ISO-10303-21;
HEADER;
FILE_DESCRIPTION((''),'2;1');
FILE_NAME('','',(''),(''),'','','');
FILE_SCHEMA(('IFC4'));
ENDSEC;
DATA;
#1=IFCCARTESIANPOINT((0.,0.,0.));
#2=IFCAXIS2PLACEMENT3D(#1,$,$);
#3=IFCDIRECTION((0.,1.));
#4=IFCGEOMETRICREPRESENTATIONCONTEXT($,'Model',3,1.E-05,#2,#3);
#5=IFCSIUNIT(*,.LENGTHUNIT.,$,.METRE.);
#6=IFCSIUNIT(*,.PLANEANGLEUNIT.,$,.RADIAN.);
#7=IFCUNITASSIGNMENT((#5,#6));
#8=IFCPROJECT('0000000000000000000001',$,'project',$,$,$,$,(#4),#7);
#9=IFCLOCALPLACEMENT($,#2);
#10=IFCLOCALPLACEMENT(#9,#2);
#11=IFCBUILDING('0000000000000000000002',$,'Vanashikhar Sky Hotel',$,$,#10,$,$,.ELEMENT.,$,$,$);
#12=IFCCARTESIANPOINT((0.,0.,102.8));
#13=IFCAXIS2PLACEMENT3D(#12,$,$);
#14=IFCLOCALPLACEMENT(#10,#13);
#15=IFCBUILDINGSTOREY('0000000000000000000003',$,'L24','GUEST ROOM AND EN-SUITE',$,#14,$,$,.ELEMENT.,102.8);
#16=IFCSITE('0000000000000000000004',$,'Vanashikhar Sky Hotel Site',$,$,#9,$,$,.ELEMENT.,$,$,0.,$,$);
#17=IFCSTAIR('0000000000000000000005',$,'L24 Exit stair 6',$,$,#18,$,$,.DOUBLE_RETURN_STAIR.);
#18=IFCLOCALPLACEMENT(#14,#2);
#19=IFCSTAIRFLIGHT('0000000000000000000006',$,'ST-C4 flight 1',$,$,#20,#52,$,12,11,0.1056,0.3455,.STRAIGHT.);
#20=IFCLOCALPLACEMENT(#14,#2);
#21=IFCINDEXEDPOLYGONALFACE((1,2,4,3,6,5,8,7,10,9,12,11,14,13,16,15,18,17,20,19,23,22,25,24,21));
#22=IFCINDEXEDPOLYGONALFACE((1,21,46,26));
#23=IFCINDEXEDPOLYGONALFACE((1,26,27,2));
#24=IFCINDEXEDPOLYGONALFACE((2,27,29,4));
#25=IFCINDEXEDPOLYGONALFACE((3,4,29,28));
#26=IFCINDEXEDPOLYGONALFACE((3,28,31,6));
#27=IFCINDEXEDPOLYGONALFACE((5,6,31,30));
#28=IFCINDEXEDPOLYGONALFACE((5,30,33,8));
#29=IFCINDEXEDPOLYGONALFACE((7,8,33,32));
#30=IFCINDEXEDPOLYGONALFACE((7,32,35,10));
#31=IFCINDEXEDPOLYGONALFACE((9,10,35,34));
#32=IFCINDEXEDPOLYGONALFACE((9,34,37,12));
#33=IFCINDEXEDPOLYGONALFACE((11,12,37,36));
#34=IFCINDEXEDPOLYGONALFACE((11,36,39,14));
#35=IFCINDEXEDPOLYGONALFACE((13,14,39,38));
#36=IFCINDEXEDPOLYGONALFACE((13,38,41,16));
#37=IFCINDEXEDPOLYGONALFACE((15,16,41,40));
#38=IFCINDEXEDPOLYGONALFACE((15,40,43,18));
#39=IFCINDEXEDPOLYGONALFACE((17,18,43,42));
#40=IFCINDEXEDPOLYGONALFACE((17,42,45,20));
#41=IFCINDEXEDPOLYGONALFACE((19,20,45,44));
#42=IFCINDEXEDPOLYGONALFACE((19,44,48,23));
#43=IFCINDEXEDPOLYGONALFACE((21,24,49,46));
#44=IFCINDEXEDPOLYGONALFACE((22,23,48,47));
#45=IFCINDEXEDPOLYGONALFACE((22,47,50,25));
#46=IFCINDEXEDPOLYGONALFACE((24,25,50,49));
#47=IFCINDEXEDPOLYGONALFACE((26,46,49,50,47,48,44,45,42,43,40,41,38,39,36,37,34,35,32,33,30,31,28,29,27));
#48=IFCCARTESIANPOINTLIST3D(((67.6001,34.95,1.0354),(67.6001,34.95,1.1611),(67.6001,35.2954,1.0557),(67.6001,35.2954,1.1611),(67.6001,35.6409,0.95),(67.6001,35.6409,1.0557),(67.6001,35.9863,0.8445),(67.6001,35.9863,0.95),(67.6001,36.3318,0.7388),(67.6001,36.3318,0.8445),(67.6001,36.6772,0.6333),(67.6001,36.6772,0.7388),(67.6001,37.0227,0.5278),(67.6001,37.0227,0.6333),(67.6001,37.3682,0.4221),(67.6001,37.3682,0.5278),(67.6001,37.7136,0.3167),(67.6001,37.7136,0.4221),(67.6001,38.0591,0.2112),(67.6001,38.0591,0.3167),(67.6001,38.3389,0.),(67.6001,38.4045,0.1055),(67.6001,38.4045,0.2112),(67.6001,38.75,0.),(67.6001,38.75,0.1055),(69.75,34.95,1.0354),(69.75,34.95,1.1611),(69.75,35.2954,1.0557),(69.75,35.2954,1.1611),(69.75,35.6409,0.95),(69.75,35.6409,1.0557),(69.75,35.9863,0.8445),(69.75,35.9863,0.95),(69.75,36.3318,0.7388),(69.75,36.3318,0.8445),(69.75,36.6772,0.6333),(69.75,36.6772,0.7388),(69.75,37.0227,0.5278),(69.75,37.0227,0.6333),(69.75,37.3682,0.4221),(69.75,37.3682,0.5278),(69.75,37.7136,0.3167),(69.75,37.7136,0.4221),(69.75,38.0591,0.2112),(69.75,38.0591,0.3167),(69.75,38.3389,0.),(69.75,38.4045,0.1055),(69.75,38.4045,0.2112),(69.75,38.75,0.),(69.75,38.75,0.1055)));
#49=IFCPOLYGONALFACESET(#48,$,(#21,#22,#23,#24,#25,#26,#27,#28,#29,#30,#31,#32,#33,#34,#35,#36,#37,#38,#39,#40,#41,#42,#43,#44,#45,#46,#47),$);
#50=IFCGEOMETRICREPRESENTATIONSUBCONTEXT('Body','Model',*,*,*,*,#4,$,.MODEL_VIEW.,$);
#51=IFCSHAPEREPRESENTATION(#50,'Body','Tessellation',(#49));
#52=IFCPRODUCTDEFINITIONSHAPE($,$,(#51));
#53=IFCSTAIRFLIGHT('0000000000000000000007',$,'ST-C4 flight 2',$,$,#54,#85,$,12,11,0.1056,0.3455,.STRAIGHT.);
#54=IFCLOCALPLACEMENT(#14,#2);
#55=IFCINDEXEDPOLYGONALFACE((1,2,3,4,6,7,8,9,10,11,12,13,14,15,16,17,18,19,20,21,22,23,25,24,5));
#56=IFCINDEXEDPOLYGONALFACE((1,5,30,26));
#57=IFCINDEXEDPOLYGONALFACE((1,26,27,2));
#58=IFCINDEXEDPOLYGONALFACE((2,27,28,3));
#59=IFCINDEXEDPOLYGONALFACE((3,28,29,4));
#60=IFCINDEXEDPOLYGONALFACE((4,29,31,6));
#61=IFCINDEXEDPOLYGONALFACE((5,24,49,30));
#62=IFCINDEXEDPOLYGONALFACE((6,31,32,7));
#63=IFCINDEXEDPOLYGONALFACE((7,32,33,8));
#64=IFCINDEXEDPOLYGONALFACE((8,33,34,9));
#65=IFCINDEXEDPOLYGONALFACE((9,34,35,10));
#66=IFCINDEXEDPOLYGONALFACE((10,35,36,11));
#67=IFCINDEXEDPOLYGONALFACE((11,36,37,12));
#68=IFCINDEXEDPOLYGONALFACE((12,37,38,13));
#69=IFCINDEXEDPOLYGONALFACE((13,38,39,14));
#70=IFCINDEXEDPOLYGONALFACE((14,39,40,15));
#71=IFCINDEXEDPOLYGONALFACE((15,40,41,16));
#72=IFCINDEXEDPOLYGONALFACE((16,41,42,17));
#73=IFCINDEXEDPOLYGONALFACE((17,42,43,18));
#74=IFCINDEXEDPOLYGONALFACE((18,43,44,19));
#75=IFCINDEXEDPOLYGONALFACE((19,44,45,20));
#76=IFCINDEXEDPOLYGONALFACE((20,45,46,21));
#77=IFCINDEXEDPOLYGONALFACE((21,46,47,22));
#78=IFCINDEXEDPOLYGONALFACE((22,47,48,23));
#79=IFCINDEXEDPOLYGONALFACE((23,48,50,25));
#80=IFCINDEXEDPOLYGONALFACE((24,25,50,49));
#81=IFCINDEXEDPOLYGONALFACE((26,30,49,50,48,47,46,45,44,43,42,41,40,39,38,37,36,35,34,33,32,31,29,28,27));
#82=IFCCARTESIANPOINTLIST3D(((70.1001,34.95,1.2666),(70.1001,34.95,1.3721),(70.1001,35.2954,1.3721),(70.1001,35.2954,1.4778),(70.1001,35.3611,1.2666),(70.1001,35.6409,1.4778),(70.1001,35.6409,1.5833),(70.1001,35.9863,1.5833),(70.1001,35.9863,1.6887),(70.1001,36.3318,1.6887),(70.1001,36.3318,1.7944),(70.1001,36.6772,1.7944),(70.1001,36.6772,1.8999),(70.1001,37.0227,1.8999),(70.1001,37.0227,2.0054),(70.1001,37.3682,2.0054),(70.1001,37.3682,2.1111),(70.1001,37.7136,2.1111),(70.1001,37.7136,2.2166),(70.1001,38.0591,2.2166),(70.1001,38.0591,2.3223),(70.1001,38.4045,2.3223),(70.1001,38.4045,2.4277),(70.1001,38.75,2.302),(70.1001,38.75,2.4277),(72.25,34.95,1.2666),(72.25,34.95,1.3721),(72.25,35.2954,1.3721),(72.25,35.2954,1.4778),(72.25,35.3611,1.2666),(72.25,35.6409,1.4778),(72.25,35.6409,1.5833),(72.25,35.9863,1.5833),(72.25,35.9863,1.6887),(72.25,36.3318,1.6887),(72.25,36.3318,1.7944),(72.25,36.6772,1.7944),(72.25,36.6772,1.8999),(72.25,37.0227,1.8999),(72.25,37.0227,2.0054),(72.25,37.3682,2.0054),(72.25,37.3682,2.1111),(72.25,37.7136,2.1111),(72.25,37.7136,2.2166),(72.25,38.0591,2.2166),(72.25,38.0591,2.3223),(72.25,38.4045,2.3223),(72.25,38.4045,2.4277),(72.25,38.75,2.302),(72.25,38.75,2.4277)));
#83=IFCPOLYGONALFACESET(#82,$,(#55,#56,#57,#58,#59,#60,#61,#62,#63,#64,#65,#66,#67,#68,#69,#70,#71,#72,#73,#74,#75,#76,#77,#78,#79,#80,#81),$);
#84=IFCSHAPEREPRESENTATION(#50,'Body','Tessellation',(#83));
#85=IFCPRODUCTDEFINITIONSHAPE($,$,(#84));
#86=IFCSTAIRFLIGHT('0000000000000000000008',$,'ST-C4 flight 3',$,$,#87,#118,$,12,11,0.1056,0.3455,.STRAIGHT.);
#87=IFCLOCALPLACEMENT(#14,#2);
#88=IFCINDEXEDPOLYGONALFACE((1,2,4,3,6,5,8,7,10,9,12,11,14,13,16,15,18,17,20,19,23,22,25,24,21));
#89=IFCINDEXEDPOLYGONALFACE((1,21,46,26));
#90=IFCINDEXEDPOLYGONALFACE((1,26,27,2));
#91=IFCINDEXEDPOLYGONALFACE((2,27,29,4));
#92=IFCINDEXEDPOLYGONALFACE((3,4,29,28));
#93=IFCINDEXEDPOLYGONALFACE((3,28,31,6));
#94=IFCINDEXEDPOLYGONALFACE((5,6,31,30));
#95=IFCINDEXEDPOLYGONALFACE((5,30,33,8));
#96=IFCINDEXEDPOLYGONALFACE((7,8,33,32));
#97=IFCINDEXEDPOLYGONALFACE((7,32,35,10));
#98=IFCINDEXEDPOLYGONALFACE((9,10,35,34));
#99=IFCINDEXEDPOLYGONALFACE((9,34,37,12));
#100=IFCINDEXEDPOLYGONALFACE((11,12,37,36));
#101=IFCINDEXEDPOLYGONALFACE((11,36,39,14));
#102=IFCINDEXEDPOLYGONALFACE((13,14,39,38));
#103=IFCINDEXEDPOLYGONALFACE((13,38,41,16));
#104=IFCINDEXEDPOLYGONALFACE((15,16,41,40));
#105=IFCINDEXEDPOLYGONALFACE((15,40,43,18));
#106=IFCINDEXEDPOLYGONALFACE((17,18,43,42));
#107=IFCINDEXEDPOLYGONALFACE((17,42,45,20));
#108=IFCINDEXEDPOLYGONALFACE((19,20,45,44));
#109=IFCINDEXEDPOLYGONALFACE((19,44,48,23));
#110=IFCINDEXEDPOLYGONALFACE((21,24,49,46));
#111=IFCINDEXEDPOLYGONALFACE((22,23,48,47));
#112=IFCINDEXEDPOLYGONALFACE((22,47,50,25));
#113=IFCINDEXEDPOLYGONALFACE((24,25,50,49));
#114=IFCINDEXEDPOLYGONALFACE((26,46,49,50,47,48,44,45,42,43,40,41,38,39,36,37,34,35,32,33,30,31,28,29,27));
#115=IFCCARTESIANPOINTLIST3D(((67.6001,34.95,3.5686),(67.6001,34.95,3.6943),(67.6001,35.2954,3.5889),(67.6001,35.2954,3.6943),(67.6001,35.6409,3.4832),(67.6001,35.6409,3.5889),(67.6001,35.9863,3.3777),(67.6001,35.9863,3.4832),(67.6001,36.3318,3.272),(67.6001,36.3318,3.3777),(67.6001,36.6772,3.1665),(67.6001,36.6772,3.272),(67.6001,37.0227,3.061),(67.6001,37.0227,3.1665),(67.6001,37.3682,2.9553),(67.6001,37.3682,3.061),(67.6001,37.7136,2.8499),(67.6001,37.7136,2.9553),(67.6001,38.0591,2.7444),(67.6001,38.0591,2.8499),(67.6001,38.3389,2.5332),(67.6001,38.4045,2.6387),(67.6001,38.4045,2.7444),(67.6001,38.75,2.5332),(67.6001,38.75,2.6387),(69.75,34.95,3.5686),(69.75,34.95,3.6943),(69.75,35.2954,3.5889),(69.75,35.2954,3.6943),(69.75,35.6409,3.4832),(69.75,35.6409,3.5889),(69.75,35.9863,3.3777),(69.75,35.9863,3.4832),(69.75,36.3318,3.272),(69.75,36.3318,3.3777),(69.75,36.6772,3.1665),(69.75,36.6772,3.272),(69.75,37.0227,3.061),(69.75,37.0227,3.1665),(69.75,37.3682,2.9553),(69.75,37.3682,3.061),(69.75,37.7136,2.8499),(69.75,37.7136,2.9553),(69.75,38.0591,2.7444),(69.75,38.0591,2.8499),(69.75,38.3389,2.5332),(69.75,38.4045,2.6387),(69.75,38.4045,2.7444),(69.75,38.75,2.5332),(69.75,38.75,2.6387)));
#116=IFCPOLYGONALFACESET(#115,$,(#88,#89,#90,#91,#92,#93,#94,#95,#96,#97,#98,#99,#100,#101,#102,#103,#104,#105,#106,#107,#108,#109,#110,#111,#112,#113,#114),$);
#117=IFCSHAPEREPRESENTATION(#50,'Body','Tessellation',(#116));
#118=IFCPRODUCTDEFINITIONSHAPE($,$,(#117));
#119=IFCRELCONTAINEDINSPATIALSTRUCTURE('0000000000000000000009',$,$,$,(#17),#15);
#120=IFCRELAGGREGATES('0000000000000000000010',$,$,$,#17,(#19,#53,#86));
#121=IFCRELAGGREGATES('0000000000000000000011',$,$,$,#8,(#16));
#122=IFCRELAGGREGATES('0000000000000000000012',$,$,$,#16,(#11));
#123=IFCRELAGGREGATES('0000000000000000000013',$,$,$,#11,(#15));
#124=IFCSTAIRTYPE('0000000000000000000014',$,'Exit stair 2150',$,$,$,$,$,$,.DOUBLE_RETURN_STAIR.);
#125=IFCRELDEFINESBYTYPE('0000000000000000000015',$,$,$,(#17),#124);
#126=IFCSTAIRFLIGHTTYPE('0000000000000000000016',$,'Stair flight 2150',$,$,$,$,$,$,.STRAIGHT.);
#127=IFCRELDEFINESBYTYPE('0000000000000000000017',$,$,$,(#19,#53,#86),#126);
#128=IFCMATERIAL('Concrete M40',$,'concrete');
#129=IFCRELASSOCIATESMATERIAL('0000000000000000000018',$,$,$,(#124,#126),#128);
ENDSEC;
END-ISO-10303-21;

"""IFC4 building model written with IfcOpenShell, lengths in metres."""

from ifc_helpers import new_model, si_unit, direction, frame, origin, place, context, subcontext, project, spatial, polyline, outline, extrude, source, transform, mapped, material, type_object, element, aggregate, save


model = new_model("IFC4")

# Units and contexts
model_context = context("Model", 3, precision=1e-05, world=origin(), true_north=direction((0.0, 1.0)))
body_context = subcontext(model_context, "Body", "Model", "MODEL_VIEW")
ifc_project = project(units=[si_unit("LENGTHUNIT", "METRE"), si_unit("PLANEANGLEUNIT", "RADIAN")], contexts=[model_context])

# Site, building, storey
site_placement = place(None, origin())
site = spatial("IfcSite", under=ifc_project, at=site_placement, Name="Vanashikhar Sky Hotel Site", CompositionType="ELEMENT", RefElevation=0.0)
building_placement = place(site_placement, origin())
building = spatial("IfcBuilding", under=site, at=building_placement, Name="Vanashikhar Sky Hotel", CompositionType="ELEMENT")
storey_placement = place(building_placement, frame((0.0, 0.0, 102.8)))
storey = spatial("IfcBuildingStorey", under=building, at=storey_placement, Name="L24", Description="GUEST ROOM AND EN-SUITE", CompositionType="ELEMENT", Elevation=102.8)

# Shared definitions
ifc_material_1 = material(Name="Concrete M40", Category="concrete")

# Stair, stair flights
stair_type = type_object("IfcStairType", Name="Exit stair 2150", PredefinedType="DOUBLE_RETURN_STAIR", material=ifc_material_1)
stair_flight_type = type_object("IfcStairFlightType", Name="Stair flight 2150", PredefinedType="STRAIGHT", material=ifc_material_1)
shared_shape_1 = source(origin(), body_context, "Body", "SweptSolid", [
    extrude(outline(polyline([(0.0, 0.0), (0.0, 0.1055), (0.3455, 0.1055), (0.3455, 0.2112), (0.6909, 0.2112), (0.6909, 0.3167), (1.0364, 0.3167), (1.0364, 0.4221), (1.3818, 0.4221), (1.3818, 0.5278), (1.7273, 0.5278), (1.7273, 0.6333), (2.0728, 0.6333), (2.0728, 0.7388), (2.4182, 0.7388), (2.4182, 0.8445), (2.7637, 0.8445), (2.7637, 0.95), (3.1091, 0.95), (3.1091, 1.0557), (3.4546, 1.0557), (3.4546, 1.1611), (3.8, 1.1611), (3.8, 1.2666), (3.8, 1.0354), (0.4111, 0.0), (0.0, 0.0)])), frame((0.0, 1.075, 0.0), z_axis=(0.0, -1.0, 0.0), x_axis=(1.0, 0.0, 0.0)), (0.0, 0.0, 1.0), 2.1499),
])
stair_1_placement = place(storey_placement, origin())
stair_1 = element("IfcStair", 1, at=stair_1_placement, inside=storey, type_object=stair_type, Name="L24 Exit stair 6", PredefinedType="DOUBLE_RETURN_STAIR")
stair_flight_1_placement = place(storey_placement, frame((68.675, 38.75, 0.0), z_axis=(0.0, 0.0, 1.0), x_axis=(0.0, -1.0, 0.0)))
stair_flight_1 = element("IfcStairFlight", 2, at=stair_flight_1_placement, type_object=stair_flight_type, Name="ST-C4 flight 1", NumberOfRisers=12, NumberOfTreads=11, PredefinedType="STRAIGHT", RiserHeight=0.1056, TreadLength=0.3455, context=body_context, shape_type="MappedRepresentation", body=[
    mapped(shared_shape_1, transform((0.0, 0.0, 0.0), scale=1.0)),
])
stair_flight_2_placement = place(storey_placement, frame((71.175, 34.95, 1.2666), z_axis=(0.0, 0.0, 1.0), x_axis=(0.0, 1.0, 0.0)))
stair_flight_2 = element("IfcStairFlight", 3, at=stair_flight_2_placement, type_object=stair_flight_type, Name="ST-C4 flight 2", NumberOfRisers=12, NumberOfTreads=11, PredefinedType="STRAIGHT", RiserHeight=0.1056, TreadLength=0.3455, context=body_context, shape_type="MappedRepresentation", body=[
    mapped(shared_shape_1, transform((0.0, 0.0, 0.0), scale=1.0)),
])
stair_flight_3_placement = place(storey_placement, frame((68.675, 38.75, 2.5332), z_axis=(0.0, 0.0, 1.0), x_axis=(0.0, -1.0, 0.0)))
stair_flight_3 = element("IfcStairFlight", 4, at=stair_flight_3_placement, type_object=stair_flight_type, Name="ST-C4 flight 3", NumberOfRisers=12, NumberOfTreads=11, PredefinedType="STRAIGHT", RiserHeight=0.1056, TreadLength=0.3455, context=body_context, shape_type="MappedRepresentation", body=[
    mapped(shared_shape_1, transform((0.0, 0.0, 0.0), scale=1.0)),
])
aggregate(stair_1, [stair_flight_1, stair_flight_2, stair_flight_3])

save(model, "model.ifc")
